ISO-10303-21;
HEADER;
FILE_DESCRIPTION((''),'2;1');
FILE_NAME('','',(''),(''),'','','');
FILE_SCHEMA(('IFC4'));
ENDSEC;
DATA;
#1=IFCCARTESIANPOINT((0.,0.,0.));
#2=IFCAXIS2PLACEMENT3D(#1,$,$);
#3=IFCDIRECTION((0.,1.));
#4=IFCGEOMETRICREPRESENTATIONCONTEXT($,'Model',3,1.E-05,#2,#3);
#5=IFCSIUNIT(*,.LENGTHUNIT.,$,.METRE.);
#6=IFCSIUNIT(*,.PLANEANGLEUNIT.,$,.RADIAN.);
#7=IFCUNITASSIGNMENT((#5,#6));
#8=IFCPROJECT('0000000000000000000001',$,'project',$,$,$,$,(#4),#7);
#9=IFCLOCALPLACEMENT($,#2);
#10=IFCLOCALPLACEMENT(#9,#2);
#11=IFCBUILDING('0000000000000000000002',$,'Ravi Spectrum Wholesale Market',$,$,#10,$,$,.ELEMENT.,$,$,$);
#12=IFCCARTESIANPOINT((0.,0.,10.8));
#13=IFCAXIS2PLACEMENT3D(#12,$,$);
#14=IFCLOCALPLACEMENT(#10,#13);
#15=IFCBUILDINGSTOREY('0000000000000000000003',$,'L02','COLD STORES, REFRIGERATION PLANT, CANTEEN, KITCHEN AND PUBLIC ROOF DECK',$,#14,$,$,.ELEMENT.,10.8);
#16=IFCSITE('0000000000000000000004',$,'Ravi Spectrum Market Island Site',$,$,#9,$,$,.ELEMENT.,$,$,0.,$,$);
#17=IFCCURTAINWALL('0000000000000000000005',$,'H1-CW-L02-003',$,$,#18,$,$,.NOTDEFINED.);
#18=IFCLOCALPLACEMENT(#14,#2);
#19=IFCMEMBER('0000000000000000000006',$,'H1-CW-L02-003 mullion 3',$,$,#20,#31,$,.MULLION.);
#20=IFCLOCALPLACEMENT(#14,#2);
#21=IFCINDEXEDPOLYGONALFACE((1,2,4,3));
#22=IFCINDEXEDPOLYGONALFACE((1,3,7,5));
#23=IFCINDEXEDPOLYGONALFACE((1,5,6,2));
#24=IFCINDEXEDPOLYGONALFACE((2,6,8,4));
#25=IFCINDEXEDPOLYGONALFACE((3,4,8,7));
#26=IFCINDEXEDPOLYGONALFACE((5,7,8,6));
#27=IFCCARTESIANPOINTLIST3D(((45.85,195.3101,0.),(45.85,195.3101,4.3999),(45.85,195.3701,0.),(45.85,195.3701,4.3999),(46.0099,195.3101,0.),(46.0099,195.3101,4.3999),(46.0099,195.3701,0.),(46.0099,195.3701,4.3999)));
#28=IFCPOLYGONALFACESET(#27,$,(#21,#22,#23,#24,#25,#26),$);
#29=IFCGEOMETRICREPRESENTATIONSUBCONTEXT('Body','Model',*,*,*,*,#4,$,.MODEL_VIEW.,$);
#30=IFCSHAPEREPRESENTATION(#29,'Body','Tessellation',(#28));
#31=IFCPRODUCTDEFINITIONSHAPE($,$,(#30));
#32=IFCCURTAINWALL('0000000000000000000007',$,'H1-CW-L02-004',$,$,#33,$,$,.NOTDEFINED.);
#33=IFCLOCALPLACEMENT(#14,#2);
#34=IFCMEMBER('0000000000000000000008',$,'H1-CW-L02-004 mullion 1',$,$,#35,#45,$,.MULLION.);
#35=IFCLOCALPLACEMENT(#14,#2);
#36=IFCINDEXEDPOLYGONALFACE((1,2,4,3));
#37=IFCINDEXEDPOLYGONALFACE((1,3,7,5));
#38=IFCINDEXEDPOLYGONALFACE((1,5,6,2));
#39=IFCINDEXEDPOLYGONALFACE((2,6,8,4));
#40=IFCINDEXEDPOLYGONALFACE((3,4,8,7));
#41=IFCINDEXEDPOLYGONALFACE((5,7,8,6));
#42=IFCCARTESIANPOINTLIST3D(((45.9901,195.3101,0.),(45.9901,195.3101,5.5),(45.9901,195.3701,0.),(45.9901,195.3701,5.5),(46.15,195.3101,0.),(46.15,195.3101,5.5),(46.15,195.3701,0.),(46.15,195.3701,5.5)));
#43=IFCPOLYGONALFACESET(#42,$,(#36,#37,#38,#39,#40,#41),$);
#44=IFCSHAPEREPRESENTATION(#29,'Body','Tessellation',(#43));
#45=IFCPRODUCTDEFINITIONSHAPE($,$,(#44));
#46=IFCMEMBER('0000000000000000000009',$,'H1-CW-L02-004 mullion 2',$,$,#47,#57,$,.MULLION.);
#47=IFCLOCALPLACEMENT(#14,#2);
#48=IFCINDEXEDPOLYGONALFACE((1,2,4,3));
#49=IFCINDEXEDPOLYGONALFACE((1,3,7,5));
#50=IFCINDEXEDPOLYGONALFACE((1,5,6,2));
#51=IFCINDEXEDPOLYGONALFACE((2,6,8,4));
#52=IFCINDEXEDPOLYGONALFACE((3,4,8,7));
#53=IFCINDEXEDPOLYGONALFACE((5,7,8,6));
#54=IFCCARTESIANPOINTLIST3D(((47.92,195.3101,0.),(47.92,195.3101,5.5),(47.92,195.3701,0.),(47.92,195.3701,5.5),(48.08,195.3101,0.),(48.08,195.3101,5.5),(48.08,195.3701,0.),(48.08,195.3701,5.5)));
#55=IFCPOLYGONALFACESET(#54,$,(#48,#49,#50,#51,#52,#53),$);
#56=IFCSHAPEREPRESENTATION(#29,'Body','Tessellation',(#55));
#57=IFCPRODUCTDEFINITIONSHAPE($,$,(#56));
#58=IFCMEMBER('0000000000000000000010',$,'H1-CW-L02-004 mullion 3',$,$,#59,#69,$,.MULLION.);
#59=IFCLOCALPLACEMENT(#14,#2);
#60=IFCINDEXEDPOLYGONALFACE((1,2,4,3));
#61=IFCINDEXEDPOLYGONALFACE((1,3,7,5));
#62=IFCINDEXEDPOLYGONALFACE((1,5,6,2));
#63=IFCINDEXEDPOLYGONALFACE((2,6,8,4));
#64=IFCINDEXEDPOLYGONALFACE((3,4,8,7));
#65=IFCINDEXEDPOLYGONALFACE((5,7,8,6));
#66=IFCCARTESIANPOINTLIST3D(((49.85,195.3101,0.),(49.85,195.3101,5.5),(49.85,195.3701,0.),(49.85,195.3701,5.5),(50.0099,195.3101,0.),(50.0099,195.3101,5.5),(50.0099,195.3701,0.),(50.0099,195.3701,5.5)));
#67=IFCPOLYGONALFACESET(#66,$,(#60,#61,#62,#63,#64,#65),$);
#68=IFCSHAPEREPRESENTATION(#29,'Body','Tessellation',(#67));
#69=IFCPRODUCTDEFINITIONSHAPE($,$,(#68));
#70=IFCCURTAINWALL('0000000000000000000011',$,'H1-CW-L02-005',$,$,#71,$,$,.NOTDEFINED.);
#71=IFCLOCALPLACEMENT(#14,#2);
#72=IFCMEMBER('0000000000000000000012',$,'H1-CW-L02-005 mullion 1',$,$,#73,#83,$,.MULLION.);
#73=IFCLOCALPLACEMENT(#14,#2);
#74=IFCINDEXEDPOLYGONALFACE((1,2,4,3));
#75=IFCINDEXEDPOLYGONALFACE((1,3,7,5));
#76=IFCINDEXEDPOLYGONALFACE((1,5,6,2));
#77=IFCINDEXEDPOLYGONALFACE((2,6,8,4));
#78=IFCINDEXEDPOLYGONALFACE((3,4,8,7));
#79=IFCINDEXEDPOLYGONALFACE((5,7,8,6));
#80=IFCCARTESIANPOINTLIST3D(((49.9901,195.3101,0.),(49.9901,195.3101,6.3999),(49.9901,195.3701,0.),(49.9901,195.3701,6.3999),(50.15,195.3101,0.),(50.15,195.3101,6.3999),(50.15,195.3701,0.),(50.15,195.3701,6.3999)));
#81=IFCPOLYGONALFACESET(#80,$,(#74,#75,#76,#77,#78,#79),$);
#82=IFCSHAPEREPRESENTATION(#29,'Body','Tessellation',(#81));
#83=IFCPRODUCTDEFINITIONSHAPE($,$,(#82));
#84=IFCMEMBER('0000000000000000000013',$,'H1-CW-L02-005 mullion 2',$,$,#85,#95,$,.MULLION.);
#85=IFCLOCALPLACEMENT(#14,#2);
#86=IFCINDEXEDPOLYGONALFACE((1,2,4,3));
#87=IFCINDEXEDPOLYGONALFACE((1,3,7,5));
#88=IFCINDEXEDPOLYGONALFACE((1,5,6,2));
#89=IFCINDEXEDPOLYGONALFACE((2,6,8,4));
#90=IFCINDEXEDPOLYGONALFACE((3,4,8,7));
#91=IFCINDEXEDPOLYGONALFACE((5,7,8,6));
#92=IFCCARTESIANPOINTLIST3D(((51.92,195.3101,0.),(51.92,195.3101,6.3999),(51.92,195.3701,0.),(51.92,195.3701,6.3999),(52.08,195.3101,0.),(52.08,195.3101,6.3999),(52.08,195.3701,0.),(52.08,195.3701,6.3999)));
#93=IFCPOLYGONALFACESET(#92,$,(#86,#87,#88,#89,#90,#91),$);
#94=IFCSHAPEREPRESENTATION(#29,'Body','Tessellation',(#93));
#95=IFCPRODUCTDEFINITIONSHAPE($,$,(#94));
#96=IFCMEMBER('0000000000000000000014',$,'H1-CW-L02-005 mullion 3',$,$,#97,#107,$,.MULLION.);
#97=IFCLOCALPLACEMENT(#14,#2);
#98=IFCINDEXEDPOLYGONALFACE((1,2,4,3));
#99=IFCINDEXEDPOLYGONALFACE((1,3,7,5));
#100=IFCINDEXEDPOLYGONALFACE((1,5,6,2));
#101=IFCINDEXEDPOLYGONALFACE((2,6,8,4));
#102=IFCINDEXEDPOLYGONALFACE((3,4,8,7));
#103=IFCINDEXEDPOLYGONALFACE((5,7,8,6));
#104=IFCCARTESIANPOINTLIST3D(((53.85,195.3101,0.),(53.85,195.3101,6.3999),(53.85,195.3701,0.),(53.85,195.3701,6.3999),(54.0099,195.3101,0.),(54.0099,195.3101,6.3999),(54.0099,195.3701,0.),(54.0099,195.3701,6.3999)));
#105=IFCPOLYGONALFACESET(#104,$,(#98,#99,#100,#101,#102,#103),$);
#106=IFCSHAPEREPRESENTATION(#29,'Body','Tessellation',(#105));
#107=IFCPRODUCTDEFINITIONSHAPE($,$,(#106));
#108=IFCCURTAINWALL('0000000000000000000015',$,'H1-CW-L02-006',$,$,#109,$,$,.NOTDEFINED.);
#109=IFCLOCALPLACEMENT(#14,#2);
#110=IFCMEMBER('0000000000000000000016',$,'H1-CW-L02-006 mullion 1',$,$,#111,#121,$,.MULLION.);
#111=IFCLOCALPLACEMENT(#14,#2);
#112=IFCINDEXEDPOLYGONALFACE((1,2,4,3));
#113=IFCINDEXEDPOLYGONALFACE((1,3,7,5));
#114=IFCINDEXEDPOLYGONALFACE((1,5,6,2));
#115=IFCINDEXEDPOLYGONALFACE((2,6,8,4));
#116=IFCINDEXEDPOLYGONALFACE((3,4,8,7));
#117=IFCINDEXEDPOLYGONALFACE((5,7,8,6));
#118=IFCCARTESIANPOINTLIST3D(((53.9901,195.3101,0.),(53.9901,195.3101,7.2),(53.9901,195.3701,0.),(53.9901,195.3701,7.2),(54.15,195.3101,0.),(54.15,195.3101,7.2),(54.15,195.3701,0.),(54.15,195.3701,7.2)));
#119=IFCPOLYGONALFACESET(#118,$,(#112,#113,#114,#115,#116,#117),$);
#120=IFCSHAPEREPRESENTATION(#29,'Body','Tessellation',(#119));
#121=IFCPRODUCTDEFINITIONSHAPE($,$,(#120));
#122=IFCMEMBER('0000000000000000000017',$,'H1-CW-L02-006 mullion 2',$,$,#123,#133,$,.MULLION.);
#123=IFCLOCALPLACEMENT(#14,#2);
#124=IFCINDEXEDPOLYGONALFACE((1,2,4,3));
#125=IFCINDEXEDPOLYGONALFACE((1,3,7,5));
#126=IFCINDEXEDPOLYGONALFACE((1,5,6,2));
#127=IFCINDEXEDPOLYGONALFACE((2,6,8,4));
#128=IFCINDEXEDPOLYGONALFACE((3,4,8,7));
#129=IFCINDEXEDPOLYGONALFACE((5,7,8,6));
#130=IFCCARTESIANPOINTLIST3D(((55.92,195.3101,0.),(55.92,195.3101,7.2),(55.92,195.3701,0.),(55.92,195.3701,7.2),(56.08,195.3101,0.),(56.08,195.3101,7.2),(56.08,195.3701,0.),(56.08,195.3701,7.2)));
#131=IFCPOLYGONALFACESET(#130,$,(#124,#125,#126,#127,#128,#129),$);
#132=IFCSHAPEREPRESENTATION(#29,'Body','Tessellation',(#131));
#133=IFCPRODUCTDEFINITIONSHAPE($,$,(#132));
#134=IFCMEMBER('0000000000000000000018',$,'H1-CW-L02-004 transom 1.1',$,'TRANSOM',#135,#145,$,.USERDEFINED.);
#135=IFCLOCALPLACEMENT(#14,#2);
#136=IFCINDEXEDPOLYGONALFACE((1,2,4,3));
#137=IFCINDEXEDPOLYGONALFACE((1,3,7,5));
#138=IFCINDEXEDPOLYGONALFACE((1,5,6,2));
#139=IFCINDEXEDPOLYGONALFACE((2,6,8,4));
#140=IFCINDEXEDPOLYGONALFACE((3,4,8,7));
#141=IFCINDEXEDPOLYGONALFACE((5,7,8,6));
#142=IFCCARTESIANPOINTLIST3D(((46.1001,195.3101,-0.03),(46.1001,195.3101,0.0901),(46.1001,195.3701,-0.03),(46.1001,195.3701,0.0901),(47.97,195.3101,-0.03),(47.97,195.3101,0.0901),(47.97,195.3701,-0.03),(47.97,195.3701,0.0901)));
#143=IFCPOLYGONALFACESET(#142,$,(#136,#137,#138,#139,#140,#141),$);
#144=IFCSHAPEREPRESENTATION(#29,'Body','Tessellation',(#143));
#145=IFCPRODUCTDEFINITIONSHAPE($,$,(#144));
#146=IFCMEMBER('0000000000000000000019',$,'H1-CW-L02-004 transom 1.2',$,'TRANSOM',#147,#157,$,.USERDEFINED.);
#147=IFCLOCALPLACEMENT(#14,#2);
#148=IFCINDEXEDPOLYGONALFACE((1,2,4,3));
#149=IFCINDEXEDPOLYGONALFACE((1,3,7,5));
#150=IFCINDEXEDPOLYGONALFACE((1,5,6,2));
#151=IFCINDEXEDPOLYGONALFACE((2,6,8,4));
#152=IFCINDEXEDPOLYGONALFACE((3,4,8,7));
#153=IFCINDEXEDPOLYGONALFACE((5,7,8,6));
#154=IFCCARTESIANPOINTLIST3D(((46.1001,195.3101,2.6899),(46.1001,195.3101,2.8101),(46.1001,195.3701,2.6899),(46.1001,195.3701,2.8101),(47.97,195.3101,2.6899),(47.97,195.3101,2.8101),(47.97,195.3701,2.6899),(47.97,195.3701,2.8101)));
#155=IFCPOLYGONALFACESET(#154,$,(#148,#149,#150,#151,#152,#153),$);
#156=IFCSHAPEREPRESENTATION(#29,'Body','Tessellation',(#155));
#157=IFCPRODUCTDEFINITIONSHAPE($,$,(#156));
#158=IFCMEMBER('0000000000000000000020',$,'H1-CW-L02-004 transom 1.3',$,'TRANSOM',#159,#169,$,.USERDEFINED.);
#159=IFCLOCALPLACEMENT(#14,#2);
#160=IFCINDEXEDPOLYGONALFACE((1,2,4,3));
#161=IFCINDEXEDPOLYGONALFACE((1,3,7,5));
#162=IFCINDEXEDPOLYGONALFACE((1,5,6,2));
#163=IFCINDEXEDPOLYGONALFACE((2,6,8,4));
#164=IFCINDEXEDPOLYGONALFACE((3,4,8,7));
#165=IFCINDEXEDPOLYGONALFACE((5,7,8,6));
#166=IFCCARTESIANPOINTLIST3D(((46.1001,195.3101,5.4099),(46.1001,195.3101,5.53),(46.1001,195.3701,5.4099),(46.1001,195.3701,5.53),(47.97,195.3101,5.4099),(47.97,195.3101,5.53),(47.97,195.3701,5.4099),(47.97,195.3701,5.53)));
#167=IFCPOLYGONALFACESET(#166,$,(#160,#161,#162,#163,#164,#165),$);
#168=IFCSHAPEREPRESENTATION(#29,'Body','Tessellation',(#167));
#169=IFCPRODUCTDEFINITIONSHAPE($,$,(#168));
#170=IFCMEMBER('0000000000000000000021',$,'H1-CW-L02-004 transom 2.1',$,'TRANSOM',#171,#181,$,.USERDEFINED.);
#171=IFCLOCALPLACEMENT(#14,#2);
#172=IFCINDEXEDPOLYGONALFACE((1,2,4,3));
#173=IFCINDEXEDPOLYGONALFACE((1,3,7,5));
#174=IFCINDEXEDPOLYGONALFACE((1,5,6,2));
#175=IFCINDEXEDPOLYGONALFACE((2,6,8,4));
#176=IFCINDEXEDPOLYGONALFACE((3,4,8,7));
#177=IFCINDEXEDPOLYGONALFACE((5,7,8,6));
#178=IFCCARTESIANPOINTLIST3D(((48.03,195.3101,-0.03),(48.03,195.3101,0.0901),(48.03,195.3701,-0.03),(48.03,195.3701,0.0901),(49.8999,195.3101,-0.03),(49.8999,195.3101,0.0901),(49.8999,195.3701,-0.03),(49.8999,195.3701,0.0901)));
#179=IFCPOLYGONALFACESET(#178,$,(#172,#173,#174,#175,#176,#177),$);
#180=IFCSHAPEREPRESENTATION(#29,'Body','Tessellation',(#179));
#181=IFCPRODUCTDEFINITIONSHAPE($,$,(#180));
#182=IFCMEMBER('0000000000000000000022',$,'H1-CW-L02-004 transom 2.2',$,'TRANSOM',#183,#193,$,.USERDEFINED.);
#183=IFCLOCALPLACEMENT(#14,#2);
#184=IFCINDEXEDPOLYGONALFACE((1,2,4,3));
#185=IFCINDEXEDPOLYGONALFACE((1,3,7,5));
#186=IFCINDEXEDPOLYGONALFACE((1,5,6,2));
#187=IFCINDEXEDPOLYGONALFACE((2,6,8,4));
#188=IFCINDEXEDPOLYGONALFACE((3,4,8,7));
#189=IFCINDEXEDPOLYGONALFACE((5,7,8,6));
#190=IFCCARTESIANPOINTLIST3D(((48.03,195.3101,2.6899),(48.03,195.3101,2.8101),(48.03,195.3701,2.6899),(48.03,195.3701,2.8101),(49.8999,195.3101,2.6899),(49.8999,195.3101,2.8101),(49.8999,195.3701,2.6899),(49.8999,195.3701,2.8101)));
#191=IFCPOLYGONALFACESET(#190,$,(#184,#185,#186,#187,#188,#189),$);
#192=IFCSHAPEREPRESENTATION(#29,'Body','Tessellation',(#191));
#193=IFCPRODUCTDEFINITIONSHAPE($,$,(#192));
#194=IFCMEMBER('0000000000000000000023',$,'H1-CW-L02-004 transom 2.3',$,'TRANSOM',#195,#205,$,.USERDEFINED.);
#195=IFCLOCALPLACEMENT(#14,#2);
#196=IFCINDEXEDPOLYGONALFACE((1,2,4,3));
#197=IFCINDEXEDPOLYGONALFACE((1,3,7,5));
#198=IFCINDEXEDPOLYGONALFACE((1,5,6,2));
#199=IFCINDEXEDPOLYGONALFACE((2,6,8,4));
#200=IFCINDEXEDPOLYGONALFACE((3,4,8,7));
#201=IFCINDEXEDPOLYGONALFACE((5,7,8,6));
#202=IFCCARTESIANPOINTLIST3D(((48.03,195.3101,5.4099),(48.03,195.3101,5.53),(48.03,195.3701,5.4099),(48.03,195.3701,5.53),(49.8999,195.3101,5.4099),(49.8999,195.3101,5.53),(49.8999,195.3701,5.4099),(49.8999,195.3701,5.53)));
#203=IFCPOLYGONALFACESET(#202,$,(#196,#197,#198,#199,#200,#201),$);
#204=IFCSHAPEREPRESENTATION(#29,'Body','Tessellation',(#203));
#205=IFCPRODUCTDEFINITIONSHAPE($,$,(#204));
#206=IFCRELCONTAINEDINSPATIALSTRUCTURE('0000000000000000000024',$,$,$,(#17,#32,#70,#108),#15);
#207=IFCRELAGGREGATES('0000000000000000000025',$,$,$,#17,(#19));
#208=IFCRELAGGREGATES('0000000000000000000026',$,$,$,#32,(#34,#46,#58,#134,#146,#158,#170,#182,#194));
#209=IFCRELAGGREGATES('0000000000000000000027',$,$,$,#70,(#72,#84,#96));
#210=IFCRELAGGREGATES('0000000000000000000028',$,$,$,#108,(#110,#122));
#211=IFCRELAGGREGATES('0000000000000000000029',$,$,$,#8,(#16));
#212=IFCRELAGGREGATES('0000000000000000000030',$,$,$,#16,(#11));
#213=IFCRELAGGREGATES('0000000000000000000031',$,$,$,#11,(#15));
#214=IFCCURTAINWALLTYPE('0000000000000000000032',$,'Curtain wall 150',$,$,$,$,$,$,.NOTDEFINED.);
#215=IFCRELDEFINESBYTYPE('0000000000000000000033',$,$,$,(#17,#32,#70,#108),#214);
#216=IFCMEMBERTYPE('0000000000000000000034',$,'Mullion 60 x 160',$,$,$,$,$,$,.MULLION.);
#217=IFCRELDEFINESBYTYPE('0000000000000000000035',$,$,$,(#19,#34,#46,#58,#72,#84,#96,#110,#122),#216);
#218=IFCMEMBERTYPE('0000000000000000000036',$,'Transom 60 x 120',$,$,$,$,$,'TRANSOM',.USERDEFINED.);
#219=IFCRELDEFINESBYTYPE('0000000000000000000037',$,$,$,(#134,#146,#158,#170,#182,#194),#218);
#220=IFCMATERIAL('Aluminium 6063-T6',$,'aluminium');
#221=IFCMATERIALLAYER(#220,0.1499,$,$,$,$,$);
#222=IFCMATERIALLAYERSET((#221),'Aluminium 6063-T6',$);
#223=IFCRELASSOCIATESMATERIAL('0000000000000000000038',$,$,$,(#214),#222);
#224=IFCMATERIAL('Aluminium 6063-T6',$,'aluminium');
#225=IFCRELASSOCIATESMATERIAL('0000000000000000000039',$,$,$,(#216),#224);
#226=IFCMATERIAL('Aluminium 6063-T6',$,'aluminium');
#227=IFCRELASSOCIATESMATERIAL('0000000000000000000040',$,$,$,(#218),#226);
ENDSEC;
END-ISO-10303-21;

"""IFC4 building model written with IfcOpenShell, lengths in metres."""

from ifc_helpers import new_model, si_unit, direction, frame, origin, origin_2d, place, context, subcontext, project, spatial, rectangle, extrude, material, layer, layer_set, material_profile, profile_set, type_object, element, aggregate, save


model = new_model("IFC4")

# Units and contexts
model_context = context("Model", 3, precision=1e-05, world=origin(), true_north=direction((0.0, 1.0)))
body_context = subcontext(model_context, "Body", "Model", "MODEL_VIEW")
ifc_project = project(units=[si_unit("LENGTHUNIT", "METRE"), si_unit("PLANEANGLEUNIT", "RADIAN")], contexts=[model_context])

# Site, building, storey
site_placement = place(None, origin())
site = spatial("IfcSite", under=ifc_project, at=site_placement, Name="Ravi Spectrum Market Island Site", CompositionType="ELEMENT", RefElevation=0.0)
building_placement = place(site_placement, origin())
building = spatial("IfcBuilding", under=site, at=building_placement, Name="Ravi Spectrum Wholesale Market", CompositionType="ELEMENT")
storey_placement = place(building_placement, frame((0.0, 0.0, 10.8)))
storey = spatial("IfcBuildingStorey", under=building, at=storey_placement, Name="L02", Description="COLD STORES, REFRIGERATION PLANT, CANTEEN, KITCHEN AND PUBLIC ROOF DECK", CompositionType="ELEMENT", Elevation=10.8)

# Curtain wall, member
ifc_material_1 = material(Name="Aluminium 6063-T6", Category="aluminium")
ifc_layer_1 = layer(ifc_material_1, 0.1499)
ifc_layer_set_1 = layer_set([ifc_layer_1], Name="Aluminium 6063-T6")
curtain_wall_type = type_object("IfcCurtainWallType", Name="Curtain wall 150", PredefinedType="NOTDEFINED", material=ifc_layer_set_1)
curtain_wall_1_placement = place(storey_placement, origin())
curtain_wall_1 = element("IfcCurtainWall", 1, at=curtain_wall_1_placement, inside=storey, type_object=curtain_wall_type, Name="H1-CW-L02-003", PredefinedType="NOTDEFINED")
ifc_material_2 = material(Name="Aluminium 6063-T6", Category="aluminium")
ifc_material_profile_1 = material_profile(ifc_material_2, rectangle(XDim=0.0601, YDim=0.1599, at=origin_2d()))
ifc_profile_set_1 = profile_set([ifc_material_profile_1], Name="Aluminium 6063-T6")
member_type_1 = type_object("IfcMemberType", Name="Mullion 60 x 160", PredefinedType="MULLION", material=ifc_profile_set_1)
member_1_placement = place(storey_placement, frame((45.9299, 195.3401, 0.0), z_axis=(0.0, 0.0, 1.0), x_axis=(0.0, 1.0, 0.0)))
member_1 = element("IfcMember", 2, at=member_1_placement, type_object=member_type_1, Name="H1-CW-L02-003 mullion 3", PredefinedType="MULLION", context=body_context, shape_type="SweptSolid", body=[
    extrude(rectangle(XDim=0.0601, YDim=0.1599, at=origin_2d()), origin(), (0.0, 0.0, 1.0), 4.3999),
])
aggregate(curtain_wall_1, [member_1])

# Curtain walls, members
curtain_wall_2_placement = place(storey_placement, origin())
curtain_wall_2 = element("IfcCurtainWall", 3, at=curtain_wall_2_placement, inside=storey, type_object=curtain_wall_type, Name="H1-CW-L02-004", PredefinedType="NOTDEFINED")
member_2_placement = place(storey_placement, frame((46.0701, 195.3401, 0.0), z_axis=(0.0, 0.0, 1.0), x_axis=(0.0, 1.0, 0.0)))
member_2 = element("IfcMember", 4, at=member_2_placement, type_object=member_type_1, Name="H1-CW-L02-004 mullion 1", PredefinedType="MULLION", context=body_context, shape_type="SweptSolid", body=[
    extrude(rectangle(XDim=0.0601, YDim=0.1599, at=origin_2d()), origin(), (0.0, 0.0, 1.0), 5.5),
])
member_3_placement = place(storey_placement, frame((48.0, 195.3401, 0.0), z_axis=(0.0, 0.0, 1.0), x_axis=(0.0, 1.0, 0.0)))
member_3 = element("IfcMember", 5, at=member_3_placement, type_object=member_type_1, Name="H1-CW-L02-004 mullion 2", PredefinedType="MULLION", context=body_context, shape_type="SweptSolid", body=[
    extrude(rectangle(XDim=0.0601, YDim=0.1599, at=origin_2d()), origin(), (0.0, 0.0, 1.0), 5.5),
])
member_4_placement = place(storey_placement, frame((49.9299, 195.3401, 0.0), z_axis=(0.0, 0.0, 1.0), x_axis=(0.0, 1.0, 0.0)))
member_4 = element("IfcMember", 6, at=member_4_placement, type_object=member_type_1, Name="H1-CW-L02-004 mullion 3", PredefinedType="MULLION", context=body_context, shape_type="SweptSolid", body=[
    extrude(rectangle(XDim=0.0601, YDim=0.1599, at=origin_2d()), origin(), (0.0, 0.0, 1.0), 5.5),
])
curtain_wall_3_placement = place(storey_placement, origin())
curtain_wall_3 = element("IfcCurtainWall", 7, at=curtain_wall_3_placement, inside=storey, type_object=curtain_wall_type, Name="H1-CW-L02-005", PredefinedType="NOTDEFINED")
member_5_placement = place(storey_placement, frame((50.0701, 195.3401, 0.0), z_axis=(0.0, 0.0, 1.0), x_axis=(0.0, 1.0, 0.0)))
member_5 = element("IfcMember", 8, at=member_5_placement, type_object=member_type_1, Name="H1-CW-L02-005 mullion 1", PredefinedType="MULLION", context=body_context, shape_type="SweptSolid", body=[
    extrude(rectangle(XDim=0.0601, YDim=0.1599, at=origin_2d()), origin(), (0.0, 0.0, 1.0), 6.3999),
])
member_6_placement = place(storey_placement, frame((52.0, 195.3401, 0.0), z_axis=(0.0, 0.0, 1.0), x_axis=(0.0, 1.0, 0.0)))
member_6 = element("IfcMember", 9, at=member_6_placement, type_object=member_type_1, Name="H1-CW-L02-005 mullion 2", PredefinedType="MULLION", context=body_context, shape_type="SweptSolid", body=[
    extrude(rectangle(XDim=0.0601, YDim=0.1599, at=origin_2d()), origin(), (0.0, 0.0, 1.0), 6.3999),
])
member_7_placement = place(storey_placement, frame((53.9299, 195.3401, 0.0), z_axis=(0.0, 0.0, 1.0), x_axis=(0.0, 1.0, 0.0)))
member_7 = element("IfcMember", 10, at=member_7_placement, type_object=member_type_1, Name="H1-CW-L02-005 mullion 3", PredefinedType="MULLION", context=body_context, shape_type="SweptSolid", body=[
    extrude(rectangle(XDim=0.0601, YDim=0.1599, at=origin_2d()), origin(), (0.0, 0.0, 1.0), 6.3999),
])
curtain_wall_4_placement = place(storey_placement, origin())
curtain_wall_4 = element("IfcCurtainWall", 11, at=curtain_wall_4_placement, inside=storey, type_object=curtain_wall_type, Name="H1-CW-L02-006", PredefinedType="NOTDEFINED")
member_8_placement = place(storey_placement, frame((54.0701, 195.3401, 0.0), z_axis=(0.0, 0.0, 1.0), x_axis=(0.0, 1.0, 0.0)))
member_8 = element("IfcMember", 12, at=member_8_placement, type_object=member_type_1, Name="H1-CW-L02-006 mullion 1", PredefinedType="MULLION", context=body_context, shape_type="SweptSolid", body=[
    extrude(rectangle(XDim=0.0601, YDim=0.1599, at=origin_2d()), origin(), (0.0, 0.0, 1.0), 7.2),
])
member_9_placement = place(storey_placement, frame((56.0, 195.3401, 0.0), z_axis=(0.0, 0.0, 1.0), x_axis=(0.0, 1.0, 0.0)))
member_9 = element("IfcMember", 13, at=member_9_placement, type_object=member_type_1, Name="H1-CW-L02-006 mullion 2", PredefinedType="MULLION", context=body_context, shape_type="SweptSolid", body=[
    extrude(rectangle(XDim=0.0601, YDim=0.1599, at=origin_2d()), origin(), (0.0, 0.0, 1.0), 7.2),
])

# Members
ifc_material_3 = material(Name="Aluminium 6063-T6", Category="aluminium")
ifc_material_profile_2 = material_profile(ifc_material_3, rectangle(XDim=0.0601, YDim=0.1201, at=origin_2d()))
ifc_profile_set_2 = profile_set([ifc_material_profile_2], Name="Aluminium 6063-T6")
member_type_2 = type_object("IfcMemberType", Name="Transom 60 x 120", ElementType="TRANSOM", PredefinedType="USERDEFINED", material=ifc_profile_set_2)
member_10_placement = place(storey_placement, frame((46.1001, 195.3401, 0.03), z_axis=(1.0, 0.0, 0.0), x_axis=(0.0, 1.0, 0.0)))
member_10 = element("IfcMember", 14, at=member_10_placement, type_object=member_type_2, Name="H1-CW-L02-004 transom 1.1", ObjectType="TRANSOM", PredefinedType="USERDEFINED", context=body_context, shape_type="SweptSolid", body=[
    extrude(rectangle(XDim=0.0601, YDim=0.1201, at=origin_2d()), origin(), (0.0, 0.0, 1.0), 1.8699),
])
member_11_placement = place(storey_placement, frame((46.1001, 195.3401, 2.75), z_axis=(1.0, 0.0, 0.0), x_axis=(0.0, 1.0, 0.0)))
member_11 = element("IfcMember", 15, at=member_11_placement, type_object=member_type_2, Name="H1-CW-L02-004 transom 1.2", ObjectType="TRANSOM", PredefinedType="USERDEFINED", context=body_context, shape_type="SweptSolid", body=[
    extrude(rectangle(XDim=0.0601, YDim=0.1201, at=origin_2d()), origin(), (0.0, 0.0, 1.0), 1.8699),
])
member_12_placement = place(storey_placement, frame((46.1001, 195.3401, 5.47), z_axis=(1.0, 0.0, 0.0), x_axis=(0.0, 1.0, 0.0)))
member_12 = element("IfcMember", 16, at=member_12_placement, type_object=member_type_2, Name="H1-CW-L02-004 transom 1.3", ObjectType="TRANSOM", PredefinedType="USERDEFINED", context=body_context, shape_type="SweptSolid", body=[
    extrude(rectangle(XDim=0.0601, YDim=0.1201, at=origin_2d()), origin(), (0.0, 0.0, 1.0), 1.8699),
])
member_13_placement = place(storey_placement, frame((48.03, 195.3401, 0.03), z_axis=(1.0, 0.0, 0.0), x_axis=(0.0, 1.0, 0.0)))
member_13 = element("IfcMember", 17, at=member_13_placement, type_object=member_type_2, Name="H1-CW-L02-004 transom 2.1", ObjectType="TRANSOM", PredefinedType="USERDEFINED", context=body_context, shape_type="SweptSolid", body=[
    extrude(rectangle(XDim=0.0601, YDim=0.1201, at=origin_2d()), origin(), (0.0, 0.0, 1.0), 1.8699),
])
member_14_placement = place(storey_placement, frame((48.03, 195.3401, 2.75), z_axis=(1.0, 0.0, 0.0), x_axis=(0.0, 1.0, 0.0)))
member_14 = element("IfcMember", 18, at=member_14_placement, type_object=member_type_2, Name="H1-CW-L02-004 transom 2.2", ObjectType="TRANSOM", PredefinedType="USERDEFINED", context=body_context, shape_type="SweptSolid", body=[
    extrude(rectangle(XDim=0.0601, YDim=0.1201, at=origin_2d()), origin(), (0.0, 0.0, 1.0), 1.8699),
])
member_15_placement = place(storey_placement, frame((48.03, 195.3401, 5.47), z_axis=(1.0, 0.0, 0.0), x_axis=(0.0, 1.0, 0.0)))
member_15 = element("IfcMember", 19, at=member_15_placement, type_object=member_type_2, Name="H1-CW-L02-004 transom 2.3", ObjectType="TRANSOM", PredefinedType="USERDEFINED", context=body_context, shape_type="SweptSolid", body=[
    extrude(rectangle(XDim=0.0601, YDim=0.1201, at=origin_2d()), origin(), (0.0, 0.0, 1.0), 1.8699),
])

aggregate(curtain_wall_2, [member_2, member_3, member_4, member_10, member_11, member_12, member_13, member_14, member_15])
aggregate(curtain_wall_3, [member_5, member_6, member_7])
aggregate(curtain_wall_4, [member_8, member_9])

save(model, "model.ifc")
